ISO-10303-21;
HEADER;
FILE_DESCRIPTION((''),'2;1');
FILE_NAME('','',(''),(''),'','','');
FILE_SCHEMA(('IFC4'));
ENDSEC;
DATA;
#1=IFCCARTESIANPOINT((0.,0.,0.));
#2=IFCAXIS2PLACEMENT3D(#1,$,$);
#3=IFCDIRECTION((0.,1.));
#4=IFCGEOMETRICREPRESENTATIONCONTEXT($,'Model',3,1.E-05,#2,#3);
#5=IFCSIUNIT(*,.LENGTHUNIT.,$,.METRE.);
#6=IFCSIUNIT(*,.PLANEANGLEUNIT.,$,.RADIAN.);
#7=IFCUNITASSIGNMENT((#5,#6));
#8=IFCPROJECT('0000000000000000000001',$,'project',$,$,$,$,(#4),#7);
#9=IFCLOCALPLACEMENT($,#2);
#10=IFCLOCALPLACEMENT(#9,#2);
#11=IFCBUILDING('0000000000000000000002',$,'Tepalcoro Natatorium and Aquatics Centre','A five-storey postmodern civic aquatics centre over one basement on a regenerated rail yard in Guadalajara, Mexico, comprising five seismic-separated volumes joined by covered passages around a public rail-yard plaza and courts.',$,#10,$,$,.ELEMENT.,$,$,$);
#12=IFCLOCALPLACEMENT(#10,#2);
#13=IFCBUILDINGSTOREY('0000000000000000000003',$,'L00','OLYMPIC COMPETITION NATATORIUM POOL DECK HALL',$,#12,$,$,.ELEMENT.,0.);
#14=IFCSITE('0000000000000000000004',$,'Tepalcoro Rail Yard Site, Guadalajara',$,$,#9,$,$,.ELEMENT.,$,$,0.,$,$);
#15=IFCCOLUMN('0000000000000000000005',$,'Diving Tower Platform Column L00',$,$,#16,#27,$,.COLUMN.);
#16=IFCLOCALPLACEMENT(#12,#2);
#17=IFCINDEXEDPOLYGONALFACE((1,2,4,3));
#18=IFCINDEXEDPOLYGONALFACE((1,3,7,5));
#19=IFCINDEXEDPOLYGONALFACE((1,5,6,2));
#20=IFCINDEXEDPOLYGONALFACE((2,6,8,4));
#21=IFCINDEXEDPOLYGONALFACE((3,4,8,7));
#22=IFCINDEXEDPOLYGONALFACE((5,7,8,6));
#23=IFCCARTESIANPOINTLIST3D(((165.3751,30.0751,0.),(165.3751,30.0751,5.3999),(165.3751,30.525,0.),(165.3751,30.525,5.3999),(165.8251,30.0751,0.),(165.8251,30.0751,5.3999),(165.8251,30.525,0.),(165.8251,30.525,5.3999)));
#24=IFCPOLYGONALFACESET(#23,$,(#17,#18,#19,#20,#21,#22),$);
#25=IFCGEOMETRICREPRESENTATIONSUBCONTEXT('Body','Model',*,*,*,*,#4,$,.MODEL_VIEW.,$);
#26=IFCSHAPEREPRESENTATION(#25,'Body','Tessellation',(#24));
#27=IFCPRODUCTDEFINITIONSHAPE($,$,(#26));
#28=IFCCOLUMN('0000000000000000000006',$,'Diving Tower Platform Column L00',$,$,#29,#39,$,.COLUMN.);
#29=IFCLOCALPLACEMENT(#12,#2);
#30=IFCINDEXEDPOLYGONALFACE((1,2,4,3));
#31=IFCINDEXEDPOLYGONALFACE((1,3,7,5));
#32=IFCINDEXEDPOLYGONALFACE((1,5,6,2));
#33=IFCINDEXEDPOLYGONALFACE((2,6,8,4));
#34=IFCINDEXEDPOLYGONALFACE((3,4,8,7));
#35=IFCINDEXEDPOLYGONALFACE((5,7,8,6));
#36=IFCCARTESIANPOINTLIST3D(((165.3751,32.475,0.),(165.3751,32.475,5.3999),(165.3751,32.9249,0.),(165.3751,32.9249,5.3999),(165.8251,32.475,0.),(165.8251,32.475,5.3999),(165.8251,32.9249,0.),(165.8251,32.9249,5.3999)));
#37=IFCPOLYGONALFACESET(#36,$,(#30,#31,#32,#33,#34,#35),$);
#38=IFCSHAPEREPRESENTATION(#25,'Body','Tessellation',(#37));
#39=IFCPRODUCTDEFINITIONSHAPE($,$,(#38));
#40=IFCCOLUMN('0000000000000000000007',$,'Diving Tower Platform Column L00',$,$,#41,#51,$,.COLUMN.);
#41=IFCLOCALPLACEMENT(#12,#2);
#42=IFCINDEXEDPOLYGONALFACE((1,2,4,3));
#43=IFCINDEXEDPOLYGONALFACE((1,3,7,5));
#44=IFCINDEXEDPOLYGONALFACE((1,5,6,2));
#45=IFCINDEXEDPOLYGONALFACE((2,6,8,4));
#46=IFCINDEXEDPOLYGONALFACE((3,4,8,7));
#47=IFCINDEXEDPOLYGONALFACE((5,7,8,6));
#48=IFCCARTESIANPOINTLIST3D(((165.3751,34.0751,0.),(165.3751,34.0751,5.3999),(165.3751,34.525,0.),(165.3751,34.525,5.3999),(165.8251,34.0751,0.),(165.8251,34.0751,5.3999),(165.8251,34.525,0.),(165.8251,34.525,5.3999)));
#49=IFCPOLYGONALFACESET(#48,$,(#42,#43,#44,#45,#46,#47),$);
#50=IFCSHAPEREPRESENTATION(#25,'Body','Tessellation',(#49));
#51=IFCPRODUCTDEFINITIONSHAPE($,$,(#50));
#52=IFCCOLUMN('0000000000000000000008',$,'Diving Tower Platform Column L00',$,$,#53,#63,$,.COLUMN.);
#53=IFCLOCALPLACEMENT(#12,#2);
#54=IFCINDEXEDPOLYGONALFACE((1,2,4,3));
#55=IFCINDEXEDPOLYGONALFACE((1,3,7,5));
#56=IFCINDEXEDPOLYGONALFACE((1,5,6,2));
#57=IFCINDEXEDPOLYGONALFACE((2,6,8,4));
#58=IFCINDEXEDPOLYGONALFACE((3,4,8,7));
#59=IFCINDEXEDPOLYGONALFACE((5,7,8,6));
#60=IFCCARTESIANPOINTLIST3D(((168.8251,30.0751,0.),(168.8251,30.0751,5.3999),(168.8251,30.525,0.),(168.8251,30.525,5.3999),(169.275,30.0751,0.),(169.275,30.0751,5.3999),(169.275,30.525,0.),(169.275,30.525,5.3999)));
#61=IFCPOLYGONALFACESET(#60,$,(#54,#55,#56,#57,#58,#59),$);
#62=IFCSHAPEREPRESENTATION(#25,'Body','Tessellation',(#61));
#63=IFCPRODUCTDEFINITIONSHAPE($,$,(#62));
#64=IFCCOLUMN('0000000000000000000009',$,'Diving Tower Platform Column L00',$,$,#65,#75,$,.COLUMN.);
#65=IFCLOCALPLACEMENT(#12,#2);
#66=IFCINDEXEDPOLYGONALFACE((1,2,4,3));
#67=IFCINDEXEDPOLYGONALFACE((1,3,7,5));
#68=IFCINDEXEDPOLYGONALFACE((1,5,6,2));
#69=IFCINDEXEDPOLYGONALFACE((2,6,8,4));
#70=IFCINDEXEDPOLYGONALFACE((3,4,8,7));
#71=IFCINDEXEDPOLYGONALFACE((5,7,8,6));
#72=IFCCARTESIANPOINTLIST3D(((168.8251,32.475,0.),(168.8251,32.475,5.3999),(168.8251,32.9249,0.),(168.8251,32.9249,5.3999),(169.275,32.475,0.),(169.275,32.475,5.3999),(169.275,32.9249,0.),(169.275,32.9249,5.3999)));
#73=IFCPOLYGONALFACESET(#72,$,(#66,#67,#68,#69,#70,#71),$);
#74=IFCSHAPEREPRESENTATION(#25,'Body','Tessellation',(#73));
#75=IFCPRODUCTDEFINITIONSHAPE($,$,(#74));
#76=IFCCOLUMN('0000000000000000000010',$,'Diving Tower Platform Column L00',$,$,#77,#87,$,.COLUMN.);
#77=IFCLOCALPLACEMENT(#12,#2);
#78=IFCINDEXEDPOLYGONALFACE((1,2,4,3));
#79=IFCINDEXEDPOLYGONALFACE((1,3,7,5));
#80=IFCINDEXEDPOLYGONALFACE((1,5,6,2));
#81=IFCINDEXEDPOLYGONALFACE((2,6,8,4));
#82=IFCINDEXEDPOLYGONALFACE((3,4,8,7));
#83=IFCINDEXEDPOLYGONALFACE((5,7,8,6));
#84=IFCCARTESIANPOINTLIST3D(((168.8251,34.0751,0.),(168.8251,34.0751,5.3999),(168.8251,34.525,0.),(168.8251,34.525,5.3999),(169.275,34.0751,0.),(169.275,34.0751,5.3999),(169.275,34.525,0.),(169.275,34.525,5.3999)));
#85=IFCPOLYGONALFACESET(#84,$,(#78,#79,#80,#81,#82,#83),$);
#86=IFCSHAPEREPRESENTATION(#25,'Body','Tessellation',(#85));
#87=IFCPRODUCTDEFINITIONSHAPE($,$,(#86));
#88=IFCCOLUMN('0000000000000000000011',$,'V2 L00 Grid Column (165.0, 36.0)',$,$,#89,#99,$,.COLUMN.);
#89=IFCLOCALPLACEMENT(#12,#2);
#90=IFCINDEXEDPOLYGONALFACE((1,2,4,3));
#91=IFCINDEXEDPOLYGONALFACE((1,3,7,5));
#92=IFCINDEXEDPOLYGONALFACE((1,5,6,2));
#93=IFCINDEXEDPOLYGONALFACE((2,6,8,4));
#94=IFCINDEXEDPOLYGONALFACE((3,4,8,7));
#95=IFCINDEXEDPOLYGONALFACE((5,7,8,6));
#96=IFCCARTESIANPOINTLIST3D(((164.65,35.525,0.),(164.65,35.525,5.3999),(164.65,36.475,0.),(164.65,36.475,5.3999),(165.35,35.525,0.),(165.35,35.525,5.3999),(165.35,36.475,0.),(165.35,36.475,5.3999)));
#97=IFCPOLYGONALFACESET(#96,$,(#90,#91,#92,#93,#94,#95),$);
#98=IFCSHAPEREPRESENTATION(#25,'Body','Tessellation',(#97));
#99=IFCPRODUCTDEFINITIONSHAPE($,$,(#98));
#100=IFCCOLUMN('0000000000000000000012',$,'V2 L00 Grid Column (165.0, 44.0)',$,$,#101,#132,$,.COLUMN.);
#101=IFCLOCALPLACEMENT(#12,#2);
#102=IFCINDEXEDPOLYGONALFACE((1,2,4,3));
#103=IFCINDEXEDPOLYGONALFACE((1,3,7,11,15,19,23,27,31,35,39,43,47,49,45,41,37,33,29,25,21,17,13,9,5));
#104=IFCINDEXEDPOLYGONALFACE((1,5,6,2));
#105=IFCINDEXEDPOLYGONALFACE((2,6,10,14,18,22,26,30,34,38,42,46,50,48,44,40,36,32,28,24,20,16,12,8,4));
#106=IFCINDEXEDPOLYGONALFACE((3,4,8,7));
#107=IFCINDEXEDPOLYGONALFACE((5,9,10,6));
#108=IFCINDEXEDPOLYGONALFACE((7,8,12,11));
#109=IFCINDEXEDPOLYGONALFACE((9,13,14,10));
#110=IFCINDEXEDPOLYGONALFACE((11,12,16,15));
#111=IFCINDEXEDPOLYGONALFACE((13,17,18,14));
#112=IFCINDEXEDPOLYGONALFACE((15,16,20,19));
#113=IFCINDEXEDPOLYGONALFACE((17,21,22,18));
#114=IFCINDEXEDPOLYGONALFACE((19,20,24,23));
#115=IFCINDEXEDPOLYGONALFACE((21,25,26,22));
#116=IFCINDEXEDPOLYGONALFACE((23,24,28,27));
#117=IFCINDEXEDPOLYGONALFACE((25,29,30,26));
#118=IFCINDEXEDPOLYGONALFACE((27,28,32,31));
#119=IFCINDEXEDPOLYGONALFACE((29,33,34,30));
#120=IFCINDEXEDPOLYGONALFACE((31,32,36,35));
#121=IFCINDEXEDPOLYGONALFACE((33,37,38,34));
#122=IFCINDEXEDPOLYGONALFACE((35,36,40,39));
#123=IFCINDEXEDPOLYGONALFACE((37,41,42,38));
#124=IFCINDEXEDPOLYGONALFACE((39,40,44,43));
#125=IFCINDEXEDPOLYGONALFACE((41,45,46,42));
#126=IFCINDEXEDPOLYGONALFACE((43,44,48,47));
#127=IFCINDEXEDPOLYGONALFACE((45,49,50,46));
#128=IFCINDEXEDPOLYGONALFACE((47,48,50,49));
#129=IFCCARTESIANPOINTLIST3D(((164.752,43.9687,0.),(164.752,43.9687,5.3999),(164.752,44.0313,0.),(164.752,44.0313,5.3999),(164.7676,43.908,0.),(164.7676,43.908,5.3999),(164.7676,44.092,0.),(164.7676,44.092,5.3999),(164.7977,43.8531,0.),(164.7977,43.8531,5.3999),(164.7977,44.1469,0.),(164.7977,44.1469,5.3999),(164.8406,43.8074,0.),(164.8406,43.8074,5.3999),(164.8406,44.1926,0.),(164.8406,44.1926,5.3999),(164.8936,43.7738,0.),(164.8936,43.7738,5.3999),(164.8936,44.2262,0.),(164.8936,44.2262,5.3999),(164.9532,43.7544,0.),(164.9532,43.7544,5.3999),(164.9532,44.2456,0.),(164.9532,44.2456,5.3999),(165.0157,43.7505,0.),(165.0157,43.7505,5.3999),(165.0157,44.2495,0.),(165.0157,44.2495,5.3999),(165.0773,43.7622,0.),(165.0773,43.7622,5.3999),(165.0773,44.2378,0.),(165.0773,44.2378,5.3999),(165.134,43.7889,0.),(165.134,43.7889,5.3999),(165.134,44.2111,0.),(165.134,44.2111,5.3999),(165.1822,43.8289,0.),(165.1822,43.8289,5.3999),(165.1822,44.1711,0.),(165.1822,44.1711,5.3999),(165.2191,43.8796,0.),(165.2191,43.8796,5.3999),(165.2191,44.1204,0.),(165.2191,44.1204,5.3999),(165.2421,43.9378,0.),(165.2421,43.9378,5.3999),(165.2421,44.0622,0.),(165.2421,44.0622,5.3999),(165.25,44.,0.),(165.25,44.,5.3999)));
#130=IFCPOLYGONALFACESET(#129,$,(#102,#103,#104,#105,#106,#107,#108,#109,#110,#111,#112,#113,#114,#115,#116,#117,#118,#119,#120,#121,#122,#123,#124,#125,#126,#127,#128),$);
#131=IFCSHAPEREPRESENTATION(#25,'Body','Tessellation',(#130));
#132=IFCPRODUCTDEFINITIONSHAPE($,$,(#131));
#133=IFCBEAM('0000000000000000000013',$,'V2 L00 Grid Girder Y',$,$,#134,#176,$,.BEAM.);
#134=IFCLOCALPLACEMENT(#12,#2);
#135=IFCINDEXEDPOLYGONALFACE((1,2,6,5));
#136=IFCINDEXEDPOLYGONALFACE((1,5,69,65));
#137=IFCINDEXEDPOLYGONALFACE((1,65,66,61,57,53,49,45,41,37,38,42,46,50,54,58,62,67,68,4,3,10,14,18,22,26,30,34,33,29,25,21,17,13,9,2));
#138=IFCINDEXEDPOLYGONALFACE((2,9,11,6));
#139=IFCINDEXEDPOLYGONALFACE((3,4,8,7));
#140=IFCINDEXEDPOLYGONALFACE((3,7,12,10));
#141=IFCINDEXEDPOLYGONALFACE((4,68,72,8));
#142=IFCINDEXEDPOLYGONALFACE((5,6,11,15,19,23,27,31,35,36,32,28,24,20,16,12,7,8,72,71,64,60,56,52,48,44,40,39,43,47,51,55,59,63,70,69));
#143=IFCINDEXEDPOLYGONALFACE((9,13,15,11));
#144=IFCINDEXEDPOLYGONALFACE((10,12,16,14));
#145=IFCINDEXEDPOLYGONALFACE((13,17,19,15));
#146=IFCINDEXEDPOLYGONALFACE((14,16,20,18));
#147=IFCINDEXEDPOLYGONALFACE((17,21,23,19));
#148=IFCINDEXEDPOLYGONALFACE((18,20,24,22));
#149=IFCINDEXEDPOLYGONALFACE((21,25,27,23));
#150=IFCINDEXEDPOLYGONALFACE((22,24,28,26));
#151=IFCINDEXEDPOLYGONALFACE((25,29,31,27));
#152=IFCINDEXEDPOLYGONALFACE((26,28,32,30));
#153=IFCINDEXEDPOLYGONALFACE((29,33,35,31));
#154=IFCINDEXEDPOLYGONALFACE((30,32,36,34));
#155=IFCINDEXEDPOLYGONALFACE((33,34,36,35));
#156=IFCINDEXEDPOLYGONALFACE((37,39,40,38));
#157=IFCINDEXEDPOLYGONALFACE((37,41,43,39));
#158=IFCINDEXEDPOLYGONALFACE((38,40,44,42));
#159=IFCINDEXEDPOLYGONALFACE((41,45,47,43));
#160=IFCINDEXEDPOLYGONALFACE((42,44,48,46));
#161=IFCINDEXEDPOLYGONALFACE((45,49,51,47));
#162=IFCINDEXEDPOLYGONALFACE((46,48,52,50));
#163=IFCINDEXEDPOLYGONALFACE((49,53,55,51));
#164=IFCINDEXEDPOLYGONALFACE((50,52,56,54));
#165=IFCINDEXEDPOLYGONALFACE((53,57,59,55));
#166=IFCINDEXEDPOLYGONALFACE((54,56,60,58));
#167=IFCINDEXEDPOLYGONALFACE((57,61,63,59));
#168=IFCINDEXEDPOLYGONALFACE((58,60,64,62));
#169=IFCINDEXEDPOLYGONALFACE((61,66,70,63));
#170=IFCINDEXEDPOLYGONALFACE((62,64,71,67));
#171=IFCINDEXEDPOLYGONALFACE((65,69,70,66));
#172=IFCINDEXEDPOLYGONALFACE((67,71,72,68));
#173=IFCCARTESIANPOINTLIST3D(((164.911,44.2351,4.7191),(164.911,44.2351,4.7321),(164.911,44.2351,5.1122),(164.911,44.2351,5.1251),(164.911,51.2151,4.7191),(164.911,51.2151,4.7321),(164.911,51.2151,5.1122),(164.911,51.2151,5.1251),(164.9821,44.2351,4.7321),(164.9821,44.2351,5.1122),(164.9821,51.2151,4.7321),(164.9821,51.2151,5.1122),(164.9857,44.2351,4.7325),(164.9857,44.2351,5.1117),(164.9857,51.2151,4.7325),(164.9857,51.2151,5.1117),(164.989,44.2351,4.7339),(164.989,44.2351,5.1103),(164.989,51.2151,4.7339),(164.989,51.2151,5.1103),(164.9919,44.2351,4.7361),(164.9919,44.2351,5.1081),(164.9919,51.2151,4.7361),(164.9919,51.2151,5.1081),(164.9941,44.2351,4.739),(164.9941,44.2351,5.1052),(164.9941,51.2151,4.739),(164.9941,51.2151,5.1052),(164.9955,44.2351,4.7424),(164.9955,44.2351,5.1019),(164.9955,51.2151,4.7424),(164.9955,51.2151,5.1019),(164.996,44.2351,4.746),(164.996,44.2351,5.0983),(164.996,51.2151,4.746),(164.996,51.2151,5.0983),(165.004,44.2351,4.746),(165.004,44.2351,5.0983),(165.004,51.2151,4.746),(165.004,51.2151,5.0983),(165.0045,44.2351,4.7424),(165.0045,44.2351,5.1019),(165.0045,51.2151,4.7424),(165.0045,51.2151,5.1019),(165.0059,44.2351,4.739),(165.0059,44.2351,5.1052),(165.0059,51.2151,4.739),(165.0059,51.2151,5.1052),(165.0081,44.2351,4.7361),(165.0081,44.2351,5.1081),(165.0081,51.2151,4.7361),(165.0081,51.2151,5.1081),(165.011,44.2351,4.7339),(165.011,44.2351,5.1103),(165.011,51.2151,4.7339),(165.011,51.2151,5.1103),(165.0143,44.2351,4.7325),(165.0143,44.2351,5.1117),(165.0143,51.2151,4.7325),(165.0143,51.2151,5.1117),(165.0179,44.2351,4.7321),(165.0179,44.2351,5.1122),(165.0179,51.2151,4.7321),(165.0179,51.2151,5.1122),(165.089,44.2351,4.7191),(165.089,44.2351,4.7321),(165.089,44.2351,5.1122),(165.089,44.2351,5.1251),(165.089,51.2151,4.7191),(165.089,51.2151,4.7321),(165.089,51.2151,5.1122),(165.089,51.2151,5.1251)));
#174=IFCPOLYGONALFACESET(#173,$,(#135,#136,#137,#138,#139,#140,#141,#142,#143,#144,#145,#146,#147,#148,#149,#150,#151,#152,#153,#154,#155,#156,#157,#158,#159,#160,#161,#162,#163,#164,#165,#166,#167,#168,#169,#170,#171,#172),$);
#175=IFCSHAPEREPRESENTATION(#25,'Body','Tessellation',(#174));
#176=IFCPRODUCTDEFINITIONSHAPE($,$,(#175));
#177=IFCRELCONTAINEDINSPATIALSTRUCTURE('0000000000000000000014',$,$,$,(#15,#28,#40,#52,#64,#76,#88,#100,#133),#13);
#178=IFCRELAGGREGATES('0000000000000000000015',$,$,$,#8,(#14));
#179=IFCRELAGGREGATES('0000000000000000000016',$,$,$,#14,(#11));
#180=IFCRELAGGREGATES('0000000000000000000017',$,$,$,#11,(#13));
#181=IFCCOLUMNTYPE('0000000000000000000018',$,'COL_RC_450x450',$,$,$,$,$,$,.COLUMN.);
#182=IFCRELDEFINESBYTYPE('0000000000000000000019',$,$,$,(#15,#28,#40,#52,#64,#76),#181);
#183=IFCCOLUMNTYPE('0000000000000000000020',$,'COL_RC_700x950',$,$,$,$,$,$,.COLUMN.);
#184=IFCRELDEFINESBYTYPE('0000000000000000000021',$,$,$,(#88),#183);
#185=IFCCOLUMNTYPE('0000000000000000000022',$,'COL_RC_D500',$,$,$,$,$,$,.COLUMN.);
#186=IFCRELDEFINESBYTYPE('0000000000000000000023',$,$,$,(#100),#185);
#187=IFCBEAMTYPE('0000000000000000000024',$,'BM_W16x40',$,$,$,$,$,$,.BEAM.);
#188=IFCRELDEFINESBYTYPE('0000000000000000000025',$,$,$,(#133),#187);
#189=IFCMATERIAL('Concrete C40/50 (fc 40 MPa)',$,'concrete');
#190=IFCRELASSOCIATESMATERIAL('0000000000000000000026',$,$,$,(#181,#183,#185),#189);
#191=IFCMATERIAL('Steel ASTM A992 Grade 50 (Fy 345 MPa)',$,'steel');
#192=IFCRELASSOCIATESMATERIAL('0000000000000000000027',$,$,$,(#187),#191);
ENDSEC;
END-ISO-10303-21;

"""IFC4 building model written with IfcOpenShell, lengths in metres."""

from ifc_helpers import new_model, si_unit, direction, frame, origin, origin_2d, place, context, subcontext, project, spatial, rectangle, circle, i_section, extrude, material, material_profile, profile_set, type_object, element, save


model = new_model("IFC4")

# Units and contexts
model_context = context("Model", 3, precision=1e-05, world=origin(), true_north=direction((0.0, 1.0)))
body_context = subcontext(model_context, "Body", "Model", "MODEL_VIEW")
ifc_project = project(units=[si_unit("LENGTHUNIT", "METRE"), si_unit("PLANEANGLEUNIT", "RADIAN")], contexts=[model_context])

# Site, building, storey
site_placement = place(None, origin())
site = spatial("IfcSite", under=ifc_project, at=site_placement, Name="Tepalcoro Rail Yard Site, Guadalajara", CompositionType="ELEMENT", RefElevation=0.0)
building_placement = place(site_placement, origin())
building = spatial("IfcBuilding", under=site, at=building_placement, Name="Tepalcoro Natatorium and Aquatics Centre", Description="A five-storey postmodern civic aquatics centre over one basement on a regenerated rail yard in Guadalajara, Mexico, comprising five seismic-separated volumes joined by covered passages around a public rail-yard plaza and courts.", CompositionType="ELEMENT")
storey_placement = place(building_placement, origin())
storey = spatial("IfcBuildingStorey", under=building, at=storey_placement, Name="L00", Description="OLYMPIC COMPETITION NATATORIUM POOL DECK HALL", CompositionType="ELEMENT", Elevation=0.0)

# Columns
ifc_material_1 = material(Name="Concrete C40/50 (fc 40 MPa)", Category="concrete")
ifc_material_profile_1 = material_profile(ifc_material_1, rectangle(XDim=0.45, YDim=0.45, at=origin_2d()), Name="RC450x450")
ifc_profile_set_1 = profile_set([ifc_material_profile_1], Name="Concrete C40/50 (fc 40 MPa)")
column_type_1 = type_object("IfcColumnType", Name="COL_RC_450x450", PredefinedType="COLUMN", material=ifc_profile_set_1)
for number, where, z_axis, x_axis, name in (
    (1, (165.6001, 30.3, 0.0), (0.0, 0.0, 1.0), (1.0, 0.0, 0.0), "Diving Tower Platform Column L00"),
    (2, (165.6001, 32.7, 0.0), (0.0, 0.0, 1.0), (1.0, 0.0, 0.0), "Diving Tower Platform Column L00"),
    (3, (165.6001, 34.3, 0.0), (0.0, 0.0, 1.0), (1.0, 0.0, 0.0), "Diving Tower Platform Column L00"),
    (4, (169.05, 30.3, 0.0), (0.0, 0.0, 1.0), (1.0, 0.0, 0.0), "Diving Tower Platform Column L00"),
    (5, (169.05, 32.7, 0.0), (0.0, 0.0, 1.0), (1.0, 0.0, 0.0), "Diving Tower Platform Column L00"),
    (6, (169.05, 34.3, 0.0), (0.0, 0.0, 1.0), (1.0, 0.0, 0.0), "Diving Tower Platform Column L00"),
):
    element("IfcColumn", number, at=place(storey_placement, frame(where, z_axis=z_axis, x_axis=x_axis)), inside=storey, type_object=column_type_1, Name=name, PredefinedType="COLUMN", context=body_context, shape_type="SweptSolid", body=[
        extrude(rectangle(XDim=0.45, YDim=0.45, at=origin_2d()), origin(), (0.0, 0.0, 1.0), 5.3999),
    ])
ifc_material_profile_2 = material_profile(ifc_material_1, rectangle(XDim=0.7, YDim=0.95, at=origin_2d()), Name="RC700x950")
ifc_profile_set_2 = profile_set([ifc_material_profile_2], Name="Concrete C40/50 (fc 40 MPa)")
column_type_2 = type_object("IfcColumnType", Name="COL_RC_700x950", PredefinedType="COLUMN", material=ifc_profile_set_2)
column_1_placement = place(storey_placement, frame((165.0, 36.0, 0.0), z_axis=(0.0, 0.0, 1.0), x_axis=(1.0, 0.0, 0.0)))
element("IfcColumn", 7, at=column_1_placement, inside=storey, type_object=column_type_2, Name="V2 L00 Grid Column (165.0, 36.0)", PredefinedType="COLUMN", context=body_context, shape_type="SweptSolid", body=[
    extrude(rectangle(XDim=0.7, YDim=0.95, at=origin_2d()), origin(), (0.0, 0.0, 1.0), 5.3999),
])
ifc_material_profile_3 = material_profile(ifc_material_1, circle(Radius=0.25, at=origin_2d()), Name="RCD500")
ifc_profile_set_3 = profile_set([ifc_material_profile_3], Name="Concrete C40/50 (fc 40 MPa)")
column_type_3 = type_object("IfcColumnType", Name="COL_RC_D500", PredefinedType="COLUMN", material=ifc_profile_set_3)
column_2_placement = place(storey_placement, frame((165.0, 44.0, 0.0), z_axis=(0.0, 0.0, 1.0), x_axis=(1.0, 0.0, 0.0)))
element("IfcColumn", 8, at=column_2_placement, inside=storey, type_object=column_type_3, Name="V2 L00 Grid Column (165.0, 44.0)", PredefinedType="COLUMN", context=body_context, shape_type="SweptSolid", body=[
    extrude(circle(Radius=0.25, at=origin_2d()), origin(), (0.0, 0.0, 1.0), 5.3999),
])

# Beam
ifc_material_2 = material(Name="Steel ASTM A992 Grade 50 (Fy 345 MPa)", Category="steel")
ifc_material_profile_4 = material_profile(ifc_material_2, i_section(OverallWidth=0.178, OverallDepth=0.406, WebThickness=0.0081, FlangeThickness=0.0129, FilletRadius=0.0139, at=origin_2d()), Name="W16X40")
ifc_profile_set_4 = profile_set([ifc_material_profile_4], Name="Steel ASTM A992 Grade 50 (Fy 345 MPa)")
beam_type_1 = type_object("IfcBeamType", Name="BM_W16x40", PredefinedType="BEAM", material=ifc_profile_set_4)
beam_1_placement = place(storey_placement, frame((165.0, 44.2351, 4.9221), z_axis=(0.0, 1.0, 0.0), x_axis=(-1.0, 0.0, 0.0)))
element("IfcBeam", 9, at=beam_1_placement, inside=storey, type_object=beam_type_1, Name="V2 L00 Grid Girder Y", PredefinedType="BEAM", context=body_context, shape_type="SweptSolid", body=[
    extrude(i_section(OverallWidth=0.178, OverallDepth=0.406, WebThickness=0.0081, FlangeThickness=0.0129, FilletRadius=0.0139, at=origin_2d()), origin(), (0.0, 0.0, 1.0), 6.98),
])

save(model, "model.ifc")
